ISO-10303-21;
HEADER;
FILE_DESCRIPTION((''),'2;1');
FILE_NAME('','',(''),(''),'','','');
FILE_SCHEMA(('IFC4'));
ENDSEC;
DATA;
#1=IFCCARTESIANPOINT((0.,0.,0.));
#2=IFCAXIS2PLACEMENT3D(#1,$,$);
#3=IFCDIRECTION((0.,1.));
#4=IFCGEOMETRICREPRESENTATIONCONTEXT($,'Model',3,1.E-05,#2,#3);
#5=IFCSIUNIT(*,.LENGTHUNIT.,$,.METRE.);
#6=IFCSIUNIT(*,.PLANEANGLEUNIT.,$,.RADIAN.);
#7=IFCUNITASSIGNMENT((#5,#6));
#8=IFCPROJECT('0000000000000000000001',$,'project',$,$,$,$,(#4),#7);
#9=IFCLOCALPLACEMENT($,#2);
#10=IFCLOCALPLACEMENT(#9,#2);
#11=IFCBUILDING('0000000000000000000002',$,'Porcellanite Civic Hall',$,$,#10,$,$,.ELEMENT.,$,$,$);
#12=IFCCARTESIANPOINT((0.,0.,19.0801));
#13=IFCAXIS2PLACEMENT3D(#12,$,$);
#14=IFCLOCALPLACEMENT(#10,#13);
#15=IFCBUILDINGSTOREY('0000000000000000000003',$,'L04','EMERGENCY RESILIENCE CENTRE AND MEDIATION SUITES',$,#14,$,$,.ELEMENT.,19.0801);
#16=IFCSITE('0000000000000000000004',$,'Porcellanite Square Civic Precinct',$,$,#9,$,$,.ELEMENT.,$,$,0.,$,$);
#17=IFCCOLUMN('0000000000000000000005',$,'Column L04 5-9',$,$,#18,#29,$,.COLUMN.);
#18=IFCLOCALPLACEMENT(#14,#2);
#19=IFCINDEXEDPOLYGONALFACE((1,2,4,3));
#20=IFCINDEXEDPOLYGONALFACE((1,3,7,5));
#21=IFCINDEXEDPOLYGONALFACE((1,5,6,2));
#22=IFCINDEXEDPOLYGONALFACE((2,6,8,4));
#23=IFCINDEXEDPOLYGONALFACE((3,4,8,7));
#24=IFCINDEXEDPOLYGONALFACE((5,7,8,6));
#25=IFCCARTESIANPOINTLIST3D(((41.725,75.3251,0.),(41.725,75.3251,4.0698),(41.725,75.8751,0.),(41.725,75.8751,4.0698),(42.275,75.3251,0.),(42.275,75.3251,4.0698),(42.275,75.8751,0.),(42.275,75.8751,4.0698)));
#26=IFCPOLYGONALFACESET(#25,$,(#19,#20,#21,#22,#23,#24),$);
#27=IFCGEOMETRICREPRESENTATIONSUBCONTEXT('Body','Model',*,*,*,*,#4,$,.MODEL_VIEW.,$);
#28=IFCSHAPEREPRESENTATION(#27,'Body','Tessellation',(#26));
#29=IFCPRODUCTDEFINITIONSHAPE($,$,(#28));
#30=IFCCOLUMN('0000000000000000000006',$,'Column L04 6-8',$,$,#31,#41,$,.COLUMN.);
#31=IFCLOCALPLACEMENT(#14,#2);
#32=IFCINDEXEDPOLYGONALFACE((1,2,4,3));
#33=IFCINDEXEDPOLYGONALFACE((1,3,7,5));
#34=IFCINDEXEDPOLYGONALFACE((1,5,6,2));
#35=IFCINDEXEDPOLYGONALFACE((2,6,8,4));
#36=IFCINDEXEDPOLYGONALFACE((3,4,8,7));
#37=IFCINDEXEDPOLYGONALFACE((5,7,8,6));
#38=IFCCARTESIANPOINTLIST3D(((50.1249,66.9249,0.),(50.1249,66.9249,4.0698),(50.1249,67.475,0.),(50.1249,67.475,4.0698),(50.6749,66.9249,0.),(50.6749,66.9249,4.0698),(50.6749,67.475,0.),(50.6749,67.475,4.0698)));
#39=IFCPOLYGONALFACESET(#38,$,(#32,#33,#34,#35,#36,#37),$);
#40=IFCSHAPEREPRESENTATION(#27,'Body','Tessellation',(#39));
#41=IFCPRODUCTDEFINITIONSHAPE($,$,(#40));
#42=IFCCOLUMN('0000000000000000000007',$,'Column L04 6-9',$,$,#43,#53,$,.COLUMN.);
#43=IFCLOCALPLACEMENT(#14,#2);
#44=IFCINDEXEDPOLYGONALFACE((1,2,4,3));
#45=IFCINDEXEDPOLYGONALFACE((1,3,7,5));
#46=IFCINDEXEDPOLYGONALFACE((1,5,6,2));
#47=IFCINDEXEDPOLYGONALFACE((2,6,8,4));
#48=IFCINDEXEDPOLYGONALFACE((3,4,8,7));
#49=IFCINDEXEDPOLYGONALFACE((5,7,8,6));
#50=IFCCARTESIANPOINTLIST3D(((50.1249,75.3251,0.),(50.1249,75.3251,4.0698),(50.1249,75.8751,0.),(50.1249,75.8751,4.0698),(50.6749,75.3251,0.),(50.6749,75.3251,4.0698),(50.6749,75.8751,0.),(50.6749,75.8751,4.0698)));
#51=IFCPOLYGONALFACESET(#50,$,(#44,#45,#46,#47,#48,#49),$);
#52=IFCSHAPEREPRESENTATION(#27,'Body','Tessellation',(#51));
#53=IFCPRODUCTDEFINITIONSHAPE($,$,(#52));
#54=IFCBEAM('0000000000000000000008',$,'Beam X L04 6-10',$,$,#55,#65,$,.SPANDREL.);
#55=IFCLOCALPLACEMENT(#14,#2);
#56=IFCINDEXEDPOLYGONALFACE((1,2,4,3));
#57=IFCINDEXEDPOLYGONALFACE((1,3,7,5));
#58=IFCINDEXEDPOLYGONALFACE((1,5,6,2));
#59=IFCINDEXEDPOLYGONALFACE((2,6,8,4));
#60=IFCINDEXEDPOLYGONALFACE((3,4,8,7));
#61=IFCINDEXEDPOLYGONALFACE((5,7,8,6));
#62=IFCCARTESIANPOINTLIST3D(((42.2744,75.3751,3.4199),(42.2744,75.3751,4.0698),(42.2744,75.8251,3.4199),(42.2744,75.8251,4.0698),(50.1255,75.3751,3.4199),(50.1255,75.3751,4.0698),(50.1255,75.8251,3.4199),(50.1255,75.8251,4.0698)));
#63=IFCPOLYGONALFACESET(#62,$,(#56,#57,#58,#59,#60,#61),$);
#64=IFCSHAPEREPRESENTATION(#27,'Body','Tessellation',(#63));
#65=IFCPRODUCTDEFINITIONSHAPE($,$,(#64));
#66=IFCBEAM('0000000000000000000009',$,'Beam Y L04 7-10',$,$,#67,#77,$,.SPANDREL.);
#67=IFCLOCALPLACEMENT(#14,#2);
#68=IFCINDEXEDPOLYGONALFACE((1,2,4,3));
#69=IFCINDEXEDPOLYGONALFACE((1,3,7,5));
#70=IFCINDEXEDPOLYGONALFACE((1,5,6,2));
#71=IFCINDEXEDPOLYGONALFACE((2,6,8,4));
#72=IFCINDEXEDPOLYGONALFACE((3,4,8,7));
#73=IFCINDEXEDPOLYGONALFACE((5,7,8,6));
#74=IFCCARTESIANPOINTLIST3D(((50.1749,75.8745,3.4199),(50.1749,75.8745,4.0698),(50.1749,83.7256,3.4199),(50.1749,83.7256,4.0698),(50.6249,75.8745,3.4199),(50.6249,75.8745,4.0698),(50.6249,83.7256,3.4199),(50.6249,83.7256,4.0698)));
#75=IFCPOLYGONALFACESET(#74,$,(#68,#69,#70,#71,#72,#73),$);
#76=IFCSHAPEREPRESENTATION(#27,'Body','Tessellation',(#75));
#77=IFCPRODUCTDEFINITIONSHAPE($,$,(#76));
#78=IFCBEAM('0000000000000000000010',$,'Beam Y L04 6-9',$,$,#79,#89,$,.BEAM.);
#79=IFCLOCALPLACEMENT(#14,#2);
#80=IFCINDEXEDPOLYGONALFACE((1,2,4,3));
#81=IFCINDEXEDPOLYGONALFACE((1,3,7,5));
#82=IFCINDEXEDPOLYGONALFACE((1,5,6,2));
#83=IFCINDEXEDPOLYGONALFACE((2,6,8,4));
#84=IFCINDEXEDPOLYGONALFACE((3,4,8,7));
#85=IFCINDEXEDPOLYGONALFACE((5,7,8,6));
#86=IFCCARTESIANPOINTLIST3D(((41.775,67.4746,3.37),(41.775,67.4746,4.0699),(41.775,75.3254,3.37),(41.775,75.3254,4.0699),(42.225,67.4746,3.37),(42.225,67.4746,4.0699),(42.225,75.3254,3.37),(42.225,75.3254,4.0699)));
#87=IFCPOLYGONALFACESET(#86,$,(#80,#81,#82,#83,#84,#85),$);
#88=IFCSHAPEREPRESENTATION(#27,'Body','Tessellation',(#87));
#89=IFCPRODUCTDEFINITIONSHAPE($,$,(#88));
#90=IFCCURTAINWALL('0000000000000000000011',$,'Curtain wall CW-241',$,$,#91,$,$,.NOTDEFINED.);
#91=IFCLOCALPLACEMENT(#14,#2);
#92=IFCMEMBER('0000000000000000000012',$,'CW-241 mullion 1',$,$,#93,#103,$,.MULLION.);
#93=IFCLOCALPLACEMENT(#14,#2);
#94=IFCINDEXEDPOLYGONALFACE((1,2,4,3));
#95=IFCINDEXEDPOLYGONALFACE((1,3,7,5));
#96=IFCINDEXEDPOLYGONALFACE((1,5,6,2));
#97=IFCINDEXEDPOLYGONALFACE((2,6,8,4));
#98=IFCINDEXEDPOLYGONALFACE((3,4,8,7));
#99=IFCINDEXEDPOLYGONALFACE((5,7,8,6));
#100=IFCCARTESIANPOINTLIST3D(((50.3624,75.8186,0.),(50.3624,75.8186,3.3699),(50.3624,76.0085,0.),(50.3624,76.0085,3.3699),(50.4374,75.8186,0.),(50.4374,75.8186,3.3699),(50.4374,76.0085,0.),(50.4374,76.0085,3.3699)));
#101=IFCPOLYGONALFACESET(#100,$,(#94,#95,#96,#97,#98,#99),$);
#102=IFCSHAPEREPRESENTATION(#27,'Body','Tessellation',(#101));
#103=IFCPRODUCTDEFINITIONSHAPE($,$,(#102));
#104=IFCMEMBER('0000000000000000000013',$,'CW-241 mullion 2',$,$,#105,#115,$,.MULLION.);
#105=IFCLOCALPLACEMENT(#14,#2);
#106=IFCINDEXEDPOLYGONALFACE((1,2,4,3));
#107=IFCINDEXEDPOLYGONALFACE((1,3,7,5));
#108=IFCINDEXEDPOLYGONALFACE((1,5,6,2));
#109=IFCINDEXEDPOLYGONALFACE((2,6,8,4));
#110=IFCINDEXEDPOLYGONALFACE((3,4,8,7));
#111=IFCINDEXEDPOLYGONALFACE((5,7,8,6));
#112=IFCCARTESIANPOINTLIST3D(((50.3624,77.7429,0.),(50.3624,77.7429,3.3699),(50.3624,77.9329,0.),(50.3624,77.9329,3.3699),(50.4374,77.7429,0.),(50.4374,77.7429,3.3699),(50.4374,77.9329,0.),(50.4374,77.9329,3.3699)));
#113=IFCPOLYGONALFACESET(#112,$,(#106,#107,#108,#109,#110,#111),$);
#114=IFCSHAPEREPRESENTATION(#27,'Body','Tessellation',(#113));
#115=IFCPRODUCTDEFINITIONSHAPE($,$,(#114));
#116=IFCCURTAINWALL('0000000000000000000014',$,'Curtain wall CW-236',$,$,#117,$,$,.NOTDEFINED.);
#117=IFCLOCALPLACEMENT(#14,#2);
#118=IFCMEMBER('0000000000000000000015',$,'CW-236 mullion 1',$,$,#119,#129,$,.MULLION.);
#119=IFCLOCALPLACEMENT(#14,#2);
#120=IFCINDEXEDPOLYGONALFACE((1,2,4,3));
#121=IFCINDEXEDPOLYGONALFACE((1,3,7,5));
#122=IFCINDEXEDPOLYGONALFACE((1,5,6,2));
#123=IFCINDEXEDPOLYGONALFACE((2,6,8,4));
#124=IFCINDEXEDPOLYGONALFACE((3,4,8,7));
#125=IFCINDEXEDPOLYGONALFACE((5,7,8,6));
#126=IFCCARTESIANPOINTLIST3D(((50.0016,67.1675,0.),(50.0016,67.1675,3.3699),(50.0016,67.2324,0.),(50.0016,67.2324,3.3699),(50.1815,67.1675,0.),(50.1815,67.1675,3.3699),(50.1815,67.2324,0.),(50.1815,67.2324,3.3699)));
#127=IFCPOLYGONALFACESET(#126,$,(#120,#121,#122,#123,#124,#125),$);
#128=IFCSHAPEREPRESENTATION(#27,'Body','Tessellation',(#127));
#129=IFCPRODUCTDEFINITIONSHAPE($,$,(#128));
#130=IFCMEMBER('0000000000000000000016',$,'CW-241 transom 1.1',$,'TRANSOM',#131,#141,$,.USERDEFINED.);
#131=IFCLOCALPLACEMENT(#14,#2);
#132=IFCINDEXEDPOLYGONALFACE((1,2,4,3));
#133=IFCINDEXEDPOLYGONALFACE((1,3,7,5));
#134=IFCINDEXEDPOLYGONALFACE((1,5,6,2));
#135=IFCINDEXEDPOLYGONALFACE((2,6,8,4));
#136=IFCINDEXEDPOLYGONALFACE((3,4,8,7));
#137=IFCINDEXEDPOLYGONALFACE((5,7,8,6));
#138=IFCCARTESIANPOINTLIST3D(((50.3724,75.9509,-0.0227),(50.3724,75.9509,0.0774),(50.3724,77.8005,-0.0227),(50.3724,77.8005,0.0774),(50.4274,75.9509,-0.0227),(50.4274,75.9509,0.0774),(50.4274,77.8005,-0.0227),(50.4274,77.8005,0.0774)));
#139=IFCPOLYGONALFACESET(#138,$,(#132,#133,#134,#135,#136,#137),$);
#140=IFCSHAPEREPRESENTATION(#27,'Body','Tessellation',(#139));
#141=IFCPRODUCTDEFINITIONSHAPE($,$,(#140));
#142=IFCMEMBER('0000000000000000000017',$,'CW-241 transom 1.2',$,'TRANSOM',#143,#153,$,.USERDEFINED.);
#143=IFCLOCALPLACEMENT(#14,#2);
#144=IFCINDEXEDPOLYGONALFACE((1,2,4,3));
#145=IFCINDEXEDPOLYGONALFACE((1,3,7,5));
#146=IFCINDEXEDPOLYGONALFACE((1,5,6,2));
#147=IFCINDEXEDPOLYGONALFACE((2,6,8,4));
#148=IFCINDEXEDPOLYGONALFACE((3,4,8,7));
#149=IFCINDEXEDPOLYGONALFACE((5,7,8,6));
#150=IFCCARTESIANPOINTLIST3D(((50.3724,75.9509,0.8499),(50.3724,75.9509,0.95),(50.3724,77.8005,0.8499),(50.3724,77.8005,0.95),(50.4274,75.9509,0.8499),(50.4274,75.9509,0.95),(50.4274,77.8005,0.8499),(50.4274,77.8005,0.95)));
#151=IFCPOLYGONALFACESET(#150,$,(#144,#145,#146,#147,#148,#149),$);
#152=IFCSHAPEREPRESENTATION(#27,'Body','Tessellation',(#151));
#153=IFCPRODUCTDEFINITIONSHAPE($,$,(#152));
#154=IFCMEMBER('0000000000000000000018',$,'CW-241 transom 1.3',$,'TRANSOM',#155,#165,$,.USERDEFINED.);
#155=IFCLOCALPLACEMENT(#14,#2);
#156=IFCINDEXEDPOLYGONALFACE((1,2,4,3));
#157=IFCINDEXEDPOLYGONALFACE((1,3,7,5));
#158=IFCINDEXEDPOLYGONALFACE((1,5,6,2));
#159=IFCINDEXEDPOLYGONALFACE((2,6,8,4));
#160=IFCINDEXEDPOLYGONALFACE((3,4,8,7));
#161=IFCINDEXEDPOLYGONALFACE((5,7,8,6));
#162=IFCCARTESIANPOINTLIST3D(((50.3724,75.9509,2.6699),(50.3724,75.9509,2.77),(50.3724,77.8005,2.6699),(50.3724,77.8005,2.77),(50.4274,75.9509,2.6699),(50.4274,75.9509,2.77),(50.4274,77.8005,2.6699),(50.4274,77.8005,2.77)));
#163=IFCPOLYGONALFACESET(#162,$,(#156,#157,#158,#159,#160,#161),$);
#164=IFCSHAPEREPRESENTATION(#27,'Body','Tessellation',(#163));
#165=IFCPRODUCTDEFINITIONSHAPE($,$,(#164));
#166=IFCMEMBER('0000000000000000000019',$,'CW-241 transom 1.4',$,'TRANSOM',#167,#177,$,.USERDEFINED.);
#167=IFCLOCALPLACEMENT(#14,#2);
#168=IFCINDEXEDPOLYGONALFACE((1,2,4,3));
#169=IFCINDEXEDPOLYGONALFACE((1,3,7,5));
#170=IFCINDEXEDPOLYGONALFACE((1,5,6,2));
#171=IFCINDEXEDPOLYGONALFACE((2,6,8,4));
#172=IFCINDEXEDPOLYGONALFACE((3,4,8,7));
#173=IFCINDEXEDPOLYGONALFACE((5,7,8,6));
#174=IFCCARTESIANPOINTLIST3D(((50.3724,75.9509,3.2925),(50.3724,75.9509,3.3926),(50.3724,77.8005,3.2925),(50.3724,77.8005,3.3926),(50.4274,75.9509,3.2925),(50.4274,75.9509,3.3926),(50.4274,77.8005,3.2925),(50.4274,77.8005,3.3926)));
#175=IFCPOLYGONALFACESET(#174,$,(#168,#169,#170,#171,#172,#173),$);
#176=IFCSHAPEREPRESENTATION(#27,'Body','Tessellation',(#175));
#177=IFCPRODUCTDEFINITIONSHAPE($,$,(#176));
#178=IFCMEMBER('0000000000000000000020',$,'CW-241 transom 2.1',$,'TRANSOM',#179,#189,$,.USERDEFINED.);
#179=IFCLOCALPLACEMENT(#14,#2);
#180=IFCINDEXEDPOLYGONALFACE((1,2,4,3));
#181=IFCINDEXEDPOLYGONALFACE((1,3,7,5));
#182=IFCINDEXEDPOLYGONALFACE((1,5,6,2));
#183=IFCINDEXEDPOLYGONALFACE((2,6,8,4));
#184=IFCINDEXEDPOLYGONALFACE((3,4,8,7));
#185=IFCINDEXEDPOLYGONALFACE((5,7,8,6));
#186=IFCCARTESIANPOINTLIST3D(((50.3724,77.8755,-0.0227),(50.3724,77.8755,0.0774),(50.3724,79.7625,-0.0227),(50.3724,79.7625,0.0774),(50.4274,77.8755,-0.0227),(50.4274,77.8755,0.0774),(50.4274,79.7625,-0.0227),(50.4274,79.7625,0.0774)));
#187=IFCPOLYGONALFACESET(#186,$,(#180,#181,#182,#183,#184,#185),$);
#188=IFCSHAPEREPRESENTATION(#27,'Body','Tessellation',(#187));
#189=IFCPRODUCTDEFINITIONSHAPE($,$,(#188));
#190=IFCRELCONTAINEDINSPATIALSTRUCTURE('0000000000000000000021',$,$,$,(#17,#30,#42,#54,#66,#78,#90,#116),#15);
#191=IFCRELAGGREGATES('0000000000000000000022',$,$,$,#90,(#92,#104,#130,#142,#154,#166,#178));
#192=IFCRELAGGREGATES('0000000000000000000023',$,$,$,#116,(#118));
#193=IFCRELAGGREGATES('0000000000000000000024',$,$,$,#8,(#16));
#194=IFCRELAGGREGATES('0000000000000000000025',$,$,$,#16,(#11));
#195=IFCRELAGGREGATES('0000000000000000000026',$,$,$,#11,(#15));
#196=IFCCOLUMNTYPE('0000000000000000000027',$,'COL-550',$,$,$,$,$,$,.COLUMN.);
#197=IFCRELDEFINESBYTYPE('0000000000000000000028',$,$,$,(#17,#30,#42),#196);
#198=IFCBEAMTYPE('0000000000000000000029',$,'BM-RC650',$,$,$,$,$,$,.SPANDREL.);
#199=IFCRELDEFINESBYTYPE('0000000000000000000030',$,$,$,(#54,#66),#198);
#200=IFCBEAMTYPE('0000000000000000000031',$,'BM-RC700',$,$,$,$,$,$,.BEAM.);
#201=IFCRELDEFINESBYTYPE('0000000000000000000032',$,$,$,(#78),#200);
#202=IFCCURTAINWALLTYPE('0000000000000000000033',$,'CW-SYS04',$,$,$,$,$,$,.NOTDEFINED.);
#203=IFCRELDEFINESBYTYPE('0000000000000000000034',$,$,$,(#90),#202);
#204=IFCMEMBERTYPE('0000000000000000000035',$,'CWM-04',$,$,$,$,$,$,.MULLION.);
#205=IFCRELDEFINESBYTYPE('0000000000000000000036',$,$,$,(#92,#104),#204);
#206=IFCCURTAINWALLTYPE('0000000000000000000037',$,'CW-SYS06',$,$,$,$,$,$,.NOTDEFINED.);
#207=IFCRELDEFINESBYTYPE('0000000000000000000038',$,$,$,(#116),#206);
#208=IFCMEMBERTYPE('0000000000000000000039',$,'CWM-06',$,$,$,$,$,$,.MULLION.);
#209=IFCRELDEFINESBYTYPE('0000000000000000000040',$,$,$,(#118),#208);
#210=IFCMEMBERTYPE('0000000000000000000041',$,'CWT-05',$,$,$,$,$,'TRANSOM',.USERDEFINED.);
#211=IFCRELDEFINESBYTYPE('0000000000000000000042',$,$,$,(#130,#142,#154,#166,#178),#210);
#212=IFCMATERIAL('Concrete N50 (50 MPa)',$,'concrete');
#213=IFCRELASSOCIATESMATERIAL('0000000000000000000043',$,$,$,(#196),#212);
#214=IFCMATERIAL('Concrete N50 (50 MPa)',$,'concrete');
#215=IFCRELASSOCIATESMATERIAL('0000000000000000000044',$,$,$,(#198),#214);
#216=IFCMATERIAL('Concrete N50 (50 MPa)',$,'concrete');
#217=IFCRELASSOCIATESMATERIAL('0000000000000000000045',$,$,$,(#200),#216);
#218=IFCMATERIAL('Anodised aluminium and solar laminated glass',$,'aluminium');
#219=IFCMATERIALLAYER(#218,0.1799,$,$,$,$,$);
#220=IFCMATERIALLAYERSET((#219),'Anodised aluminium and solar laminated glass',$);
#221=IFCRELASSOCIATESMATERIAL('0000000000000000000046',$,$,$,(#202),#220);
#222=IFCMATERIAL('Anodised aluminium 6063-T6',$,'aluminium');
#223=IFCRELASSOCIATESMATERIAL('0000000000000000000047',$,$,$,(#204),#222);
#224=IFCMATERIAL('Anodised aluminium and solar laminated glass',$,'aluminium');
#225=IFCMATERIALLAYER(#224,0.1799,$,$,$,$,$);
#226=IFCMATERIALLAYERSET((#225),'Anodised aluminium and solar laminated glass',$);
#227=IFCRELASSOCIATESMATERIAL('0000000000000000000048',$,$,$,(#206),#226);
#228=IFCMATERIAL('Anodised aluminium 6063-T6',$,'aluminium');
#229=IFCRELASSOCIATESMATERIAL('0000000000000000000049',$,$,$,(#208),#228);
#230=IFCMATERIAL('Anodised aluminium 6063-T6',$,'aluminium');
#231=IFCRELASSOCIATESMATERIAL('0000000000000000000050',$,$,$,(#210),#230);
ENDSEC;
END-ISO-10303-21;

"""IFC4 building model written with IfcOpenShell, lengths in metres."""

from ifc_helpers import new_model, si_unit, direction, frame, origin, origin_2d, place, context, subcontext, project, spatial, rectangle, extrude, material, layer, layer_set, material_profile, profile_set, type_object, element, aggregate, save


model = new_model("IFC4")

# Units and contexts
model_context = context("Model", 3, precision=1e-05, world=origin(), true_north=direction((0.0, 1.0)))
body_context = subcontext(model_context, "Body", "Model", "MODEL_VIEW")
ifc_project = project(units=[si_unit("LENGTHUNIT", "METRE"), si_unit("PLANEANGLEUNIT", "RADIAN")], contexts=[model_context])

# Site, building, storey
site_placement = place(None, origin())
site = spatial("IfcSite", under=ifc_project, at=site_placement, Name="Porcellanite Square Civic Precinct", CompositionType="ELEMENT", RefElevation=0.0)
building_placement = place(site_placement, origin())
building = spatial("IfcBuilding", under=site, at=building_placement, Name="Porcellanite Civic Hall", CompositionType="ELEMENT")
storey_placement = place(building_placement, frame((0.0, 0.0, 19.0801)))
storey = spatial("IfcBuildingStorey", under=building, at=storey_placement, Name="L04", Description="EMERGENCY RESILIENCE CENTRE AND MEDIATION SUITES", CompositionType="ELEMENT", Elevation=19.0801)

# Columns
ifc_material_1 = material(Name="Concrete N50 (50 MPa)", Category="concrete")
ifc_material_profile_1 = material_profile(ifc_material_1, rectangle(XDim=0.55, YDim=0.55, at=origin_2d()), Name="RC-550x550")
ifc_profile_set_1 = profile_set([ifc_material_profile_1], Name="Concrete N50 (50 MPa)")
column_type = type_object("IfcColumnType", Name="COL-550", PredefinedType="COLUMN", material=ifc_profile_set_1)
for number, where, z_axis, x_axis, name in (
    (1, (42.0, 75.6001, 0.0), (0.0, 0.0, 1.0), (1.0, 0.0, 0.0), "Column L04 5-9"),
    (2, (50.3999, 67.2, 0.0), (0.0, 0.0, 1.0), (1.0, 0.0, 0.0), "Column L04 6-8"),
    (3, (50.3999, 75.6001, 0.0), (0.0, 0.0, 1.0), (1.0, 0.0, 0.0), "Column L04 6-9"),
):
    element("IfcColumn", number, at=place(storey_placement, frame(where, z_axis=z_axis, x_axis=x_axis)), inside=storey, type_object=column_type, Name=name, PredefinedType="COLUMN", context=body_context, shape_type="SweptSolid", body=[
        extrude(rectangle(XDim=0.55, YDim=0.55, at=origin_2d()), origin(), (0.0, 0.0, 1.0), 4.0698),
    ])

# Beams
ifc_material_2 = material(Name="Concrete N50 (50 MPa)", Category="concrete")
ifc_material_profile_2 = material_profile(ifc_material_2, rectangle(XDim=0.45, YDim=0.6499, at=origin_2d()), Name="RC-450x650")
ifc_profile_set_2 = profile_set([ifc_material_profile_2], Name="Concrete N50 (50 MPa)")
beam_type_1 = type_object("IfcBeamType", Name="BM-RC650", PredefinedType="SPANDREL", material=ifc_profile_set_2)
for number, where, z_axis, x_axis, name in (
    (4, (42.2744, 75.6001, 3.7449), (1.0, 0.0, 0.0), (0.0, 1.0, 0.0), "Beam X L04 6-10"),
    (5, (50.3999, 75.8745, 3.7449), (0.0, 1.0, 0.0), (-1.0, 0.0, 0.0), "Beam Y L04 7-10"),
):
    element("IfcBeam", number, at=place(storey_placement, frame(where, z_axis=z_axis, x_axis=x_axis)), inside=storey, type_object=beam_type_1, Name=name, PredefinedType="SPANDREL", context=body_context, shape_type="SweptSolid", body=[
        extrude(rectangle(XDim=0.45, YDim=0.6499, at=origin_2d()), origin(), (0.0, 0.0, 1.0), 7.8511),
    ])
ifc_material_3 = material(Name="Concrete N50 (50 MPa)", Category="concrete")
ifc_material_profile_3 = material_profile(ifc_material_3, rectangle(XDim=0.45, YDim=0.7, at=origin_2d()), Name="RC-450x700")
ifc_profile_set_3 = profile_set([ifc_material_profile_3], Name="Concrete N50 (50 MPa)")
beam_type_2 = type_object("IfcBeamType", Name="BM-RC700", PredefinedType="BEAM", material=ifc_profile_set_3)
beam_1_placement = place(storey_placement, frame((42.0, 67.4746, 3.72), z_axis=(0.0, 1.0, 0.0), x_axis=(-1.0, 0.0, 0.0)))
element("IfcBeam", 6, at=beam_1_placement, inside=storey, type_object=beam_type_2, Name="Beam Y L04 6-9", PredefinedType="BEAM", context=body_context, shape_type="SweptSolid", body=[
    extrude(rectangle(XDim=0.45, YDim=0.7, at=origin_2d()), origin(), (0.0, 0.0, 1.0), 7.8508),
])

# Curtain wall, members
ifc_material_4 = material(Name="Anodised aluminium and solar laminated glass", Category="aluminium")
ifc_layer_1 = layer(ifc_material_4, 0.1799)
ifc_layer_set_1 = layer_set([ifc_layer_1], Name="Anodised aluminium and solar laminated glass")
curtain_wall_type_1 = type_object("IfcCurtainWallType", Name="CW-SYS04", PredefinedType="NOTDEFINED", material=ifc_layer_set_1)
curtain_wall_1_placement = place(storey_placement, origin())
curtain_wall_1 = element("IfcCurtainWall", 7, at=curtain_wall_1_placement, inside=storey, type_object=curtain_wall_type_1, Name="Curtain wall CW-241", PredefinedType="NOTDEFINED")
ifc_material_5 = material(Name="Anodised aluminium 6063-T6", Category="aluminium")
ifc_material_profile_4 = material_profile(ifc_material_5, rectangle(XDim=0.075, YDim=0.1899, at=origin_2d()), Name="AL-75x190")
ifc_profile_set_4 = profile_set([ifc_material_profile_4], Name="Anodised aluminium 6063-T6")
member_type_1 = type_object("IfcMemberType", Name="CWM-04", PredefinedType="MULLION", material=ifc_profile_set_4)
member_1_placement = place(storey_placement, frame((50.3999, 75.9136, 0.0), z_axis=(0.0, 0.0, 1.0), x_axis=(-1.0, 0.0, 0.0)))
member_1 = element("IfcMember", 8, at=member_1_placement, type_object=member_type_1, Name="CW-241 mullion 1", PredefinedType="MULLION", context=body_context, shape_type="SweptSolid", body=[
    extrude(rectangle(XDim=0.075, YDim=0.1899, at=origin_2d()), origin(), (0.0, 0.0, 1.0), 3.3699),
])
member_2_placement = place(storey_placement, frame((50.3999, 77.8379, 0.0), z_axis=(0.0, 0.0, 1.0), x_axis=(-1.0, 0.0, 0.0)))
member_2 = element("IfcMember", 9, at=member_2_placement, type_object=member_type_1, Name="CW-241 mullion 2", PredefinedType="MULLION", context=body_context, shape_type="SweptSolid", body=[
    extrude(rectangle(XDim=0.075, YDim=0.1899, at=origin_2d()), origin(), (0.0, 0.0, 1.0), 3.3699),
])

# Curtain wall, member
ifc_material_6 = material(Name="Anodised aluminium and solar laminated glass", Category="aluminium")
ifc_layer_2 = layer(ifc_material_6, 0.1799)
ifc_layer_set_2 = layer_set([ifc_layer_2], Name="Anodised aluminium and solar laminated glass")
curtain_wall_type_2 = type_object("IfcCurtainWallType", Name="CW-SYS06", PredefinedType="NOTDEFINED", material=ifc_layer_set_2)
curtain_wall_2_placement = place(storey_placement, origin())
curtain_wall_2 = element("IfcCurtainWall", 10, at=curtain_wall_2_placement, inside=storey, type_object=curtain_wall_type_2, Name="Curtain wall CW-236", PredefinedType="NOTDEFINED")
ifc_material_7 = material(Name="Anodised aluminium 6063-T6", Category="aluminium")
ifc_material_profile_5 = material_profile(ifc_material_7, rectangle(XDim=0.0649, YDim=0.1799, at=origin_2d()), Name="AL-65x180")
ifc_profile_set_5 = profile_set([ifc_material_profile_5], Name="Anodised aluminium 6063-T6")
member_type_2 = type_object("IfcMemberType", Name="CWM-06", PredefinedType="MULLION", material=ifc_profile_set_5)
member_3_placement = place(storey_placement, frame((50.0916, 67.2, 0.0), z_axis=(0.0, 0.0, 1.0), x_axis=(0.0, -1.0, 0.0)))
member_3 = element("IfcMember", 11, at=member_3_placement, type_object=member_type_2, Name="CW-236 mullion 1", PredefinedType="MULLION", context=body_context, shape_type="SweptSolid", body=[
    extrude(rectangle(XDim=0.0649, YDim=0.1799, at=origin_2d()), origin(), (0.0, 0.0, 1.0), 3.3699),
])

# Members
ifc_material_8 = material(Name="Anodised aluminium 6063-T6", Category="aluminium")
ifc_material_profile_6 = material_profile(ifc_material_8, rectangle(XDim=0.0549, YDim=0.1001, at=origin_2d()), Name="AL-55x100")
ifc_profile_set_6 = profile_set([ifc_material_profile_6], Name="Anodised aluminium 6063-T6")
member_type_3 = type_object("IfcMemberType", Name="CWT-05", ElementType="TRANSOM", PredefinedType="USERDEFINED", material=ifc_profile_set_6)
member_4_placement = place(storey_placement, frame((50.3999, 75.9509, 0.0273), z_axis=(0.0, 1.0, 0.0), x_axis=(-1.0, 0.0, 0.0)))
member_4 = element("IfcMember", 12, at=member_4_placement, type_object=member_type_3, Name="CW-241 transom 1.1", ObjectType="TRANSOM", PredefinedType="USERDEFINED", context=body_context, shape_type="SweptSolid", body=[
    extrude(rectangle(XDim=0.0549, YDim=0.1001, at=origin_2d()), origin(), (0.0, 0.0, 1.0), 1.8496),
])
member_5_placement = place(storey_placement, frame((50.3999, 75.9509, 0.8999), z_axis=(0.0, 1.0, 0.0), x_axis=(-1.0, 0.0, 0.0)))
member_5 = element("IfcMember", 13, at=member_5_placement, type_object=member_type_3, Name="CW-241 transom 1.2", ObjectType="TRANSOM", PredefinedType="USERDEFINED", context=body_context, shape_type="SweptSolid", body=[
    extrude(rectangle(XDim=0.0549, YDim=0.1001, at=origin_2d()), origin(), (0.0, 0.0, 1.0), 1.8496),
])
member_6_placement = place(storey_placement, frame((50.3999, 75.9509, 2.72), z_axis=(0.0, 1.0, 0.0), x_axis=(-1.0, 0.0, 0.0)))
member_6 = element("IfcMember", 14, at=member_6_placement, type_object=member_type_3, Name="CW-241 transom 1.3", ObjectType="TRANSOM", PredefinedType="USERDEFINED", context=body_context, shape_type="SweptSolid", body=[
    extrude(rectangle(XDim=0.0549, YDim=0.1001, at=origin_2d()), origin(), (0.0, 0.0, 1.0), 1.8496),
])
member_7_placement = place(storey_placement, frame((50.3999, 75.9509, 3.3425), z_axis=(0.0, 1.0, 0.0), x_axis=(-1.0, 0.0, 0.0)))
member_7 = element("IfcMember", 15, at=member_7_placement, type_object=member_type_3, Name="CW-241 transom 1.4", ObjectType="TRANSOM", PredefinedType="USERDEFINED", context=body_context, shape_type="SweptSolid", body=[
    extrude(rectangle(XDim=0.0549, YDim=0.1001, at=origin_2d()), origin(), (0.0, 0.0, 1.0), 1.8496),
])
member_8_placement = place(storey_placement, frame((50.3999, 77.8755, 0.0273), z_axis=(0.0, 1.0, 0.0), x_axis=(-1.0, 0.0, 0.0)))
member_8 = element("IfcMember", 16, at=member_8_placement, type_object=member_type_3, Name="CW-241 transom 2.1", ObjectType="TRANSOM", PredefinedType="USERDEFINED", context=body_context, shape_type="SweptSolid", body=[
    extrude(rectangle(XDim=0.0549, YDim=0.1001, at=origin_2d()), origin(), (0.0, 0.0, 1.0), 1.887),
])

aggregate(curtain_wall_1, [member_1, member_2, member_4, member_5, member_6, member_7, member_8])
aggregate(curtain_wall_2, [member_3])

save(model, "model.ifc")
